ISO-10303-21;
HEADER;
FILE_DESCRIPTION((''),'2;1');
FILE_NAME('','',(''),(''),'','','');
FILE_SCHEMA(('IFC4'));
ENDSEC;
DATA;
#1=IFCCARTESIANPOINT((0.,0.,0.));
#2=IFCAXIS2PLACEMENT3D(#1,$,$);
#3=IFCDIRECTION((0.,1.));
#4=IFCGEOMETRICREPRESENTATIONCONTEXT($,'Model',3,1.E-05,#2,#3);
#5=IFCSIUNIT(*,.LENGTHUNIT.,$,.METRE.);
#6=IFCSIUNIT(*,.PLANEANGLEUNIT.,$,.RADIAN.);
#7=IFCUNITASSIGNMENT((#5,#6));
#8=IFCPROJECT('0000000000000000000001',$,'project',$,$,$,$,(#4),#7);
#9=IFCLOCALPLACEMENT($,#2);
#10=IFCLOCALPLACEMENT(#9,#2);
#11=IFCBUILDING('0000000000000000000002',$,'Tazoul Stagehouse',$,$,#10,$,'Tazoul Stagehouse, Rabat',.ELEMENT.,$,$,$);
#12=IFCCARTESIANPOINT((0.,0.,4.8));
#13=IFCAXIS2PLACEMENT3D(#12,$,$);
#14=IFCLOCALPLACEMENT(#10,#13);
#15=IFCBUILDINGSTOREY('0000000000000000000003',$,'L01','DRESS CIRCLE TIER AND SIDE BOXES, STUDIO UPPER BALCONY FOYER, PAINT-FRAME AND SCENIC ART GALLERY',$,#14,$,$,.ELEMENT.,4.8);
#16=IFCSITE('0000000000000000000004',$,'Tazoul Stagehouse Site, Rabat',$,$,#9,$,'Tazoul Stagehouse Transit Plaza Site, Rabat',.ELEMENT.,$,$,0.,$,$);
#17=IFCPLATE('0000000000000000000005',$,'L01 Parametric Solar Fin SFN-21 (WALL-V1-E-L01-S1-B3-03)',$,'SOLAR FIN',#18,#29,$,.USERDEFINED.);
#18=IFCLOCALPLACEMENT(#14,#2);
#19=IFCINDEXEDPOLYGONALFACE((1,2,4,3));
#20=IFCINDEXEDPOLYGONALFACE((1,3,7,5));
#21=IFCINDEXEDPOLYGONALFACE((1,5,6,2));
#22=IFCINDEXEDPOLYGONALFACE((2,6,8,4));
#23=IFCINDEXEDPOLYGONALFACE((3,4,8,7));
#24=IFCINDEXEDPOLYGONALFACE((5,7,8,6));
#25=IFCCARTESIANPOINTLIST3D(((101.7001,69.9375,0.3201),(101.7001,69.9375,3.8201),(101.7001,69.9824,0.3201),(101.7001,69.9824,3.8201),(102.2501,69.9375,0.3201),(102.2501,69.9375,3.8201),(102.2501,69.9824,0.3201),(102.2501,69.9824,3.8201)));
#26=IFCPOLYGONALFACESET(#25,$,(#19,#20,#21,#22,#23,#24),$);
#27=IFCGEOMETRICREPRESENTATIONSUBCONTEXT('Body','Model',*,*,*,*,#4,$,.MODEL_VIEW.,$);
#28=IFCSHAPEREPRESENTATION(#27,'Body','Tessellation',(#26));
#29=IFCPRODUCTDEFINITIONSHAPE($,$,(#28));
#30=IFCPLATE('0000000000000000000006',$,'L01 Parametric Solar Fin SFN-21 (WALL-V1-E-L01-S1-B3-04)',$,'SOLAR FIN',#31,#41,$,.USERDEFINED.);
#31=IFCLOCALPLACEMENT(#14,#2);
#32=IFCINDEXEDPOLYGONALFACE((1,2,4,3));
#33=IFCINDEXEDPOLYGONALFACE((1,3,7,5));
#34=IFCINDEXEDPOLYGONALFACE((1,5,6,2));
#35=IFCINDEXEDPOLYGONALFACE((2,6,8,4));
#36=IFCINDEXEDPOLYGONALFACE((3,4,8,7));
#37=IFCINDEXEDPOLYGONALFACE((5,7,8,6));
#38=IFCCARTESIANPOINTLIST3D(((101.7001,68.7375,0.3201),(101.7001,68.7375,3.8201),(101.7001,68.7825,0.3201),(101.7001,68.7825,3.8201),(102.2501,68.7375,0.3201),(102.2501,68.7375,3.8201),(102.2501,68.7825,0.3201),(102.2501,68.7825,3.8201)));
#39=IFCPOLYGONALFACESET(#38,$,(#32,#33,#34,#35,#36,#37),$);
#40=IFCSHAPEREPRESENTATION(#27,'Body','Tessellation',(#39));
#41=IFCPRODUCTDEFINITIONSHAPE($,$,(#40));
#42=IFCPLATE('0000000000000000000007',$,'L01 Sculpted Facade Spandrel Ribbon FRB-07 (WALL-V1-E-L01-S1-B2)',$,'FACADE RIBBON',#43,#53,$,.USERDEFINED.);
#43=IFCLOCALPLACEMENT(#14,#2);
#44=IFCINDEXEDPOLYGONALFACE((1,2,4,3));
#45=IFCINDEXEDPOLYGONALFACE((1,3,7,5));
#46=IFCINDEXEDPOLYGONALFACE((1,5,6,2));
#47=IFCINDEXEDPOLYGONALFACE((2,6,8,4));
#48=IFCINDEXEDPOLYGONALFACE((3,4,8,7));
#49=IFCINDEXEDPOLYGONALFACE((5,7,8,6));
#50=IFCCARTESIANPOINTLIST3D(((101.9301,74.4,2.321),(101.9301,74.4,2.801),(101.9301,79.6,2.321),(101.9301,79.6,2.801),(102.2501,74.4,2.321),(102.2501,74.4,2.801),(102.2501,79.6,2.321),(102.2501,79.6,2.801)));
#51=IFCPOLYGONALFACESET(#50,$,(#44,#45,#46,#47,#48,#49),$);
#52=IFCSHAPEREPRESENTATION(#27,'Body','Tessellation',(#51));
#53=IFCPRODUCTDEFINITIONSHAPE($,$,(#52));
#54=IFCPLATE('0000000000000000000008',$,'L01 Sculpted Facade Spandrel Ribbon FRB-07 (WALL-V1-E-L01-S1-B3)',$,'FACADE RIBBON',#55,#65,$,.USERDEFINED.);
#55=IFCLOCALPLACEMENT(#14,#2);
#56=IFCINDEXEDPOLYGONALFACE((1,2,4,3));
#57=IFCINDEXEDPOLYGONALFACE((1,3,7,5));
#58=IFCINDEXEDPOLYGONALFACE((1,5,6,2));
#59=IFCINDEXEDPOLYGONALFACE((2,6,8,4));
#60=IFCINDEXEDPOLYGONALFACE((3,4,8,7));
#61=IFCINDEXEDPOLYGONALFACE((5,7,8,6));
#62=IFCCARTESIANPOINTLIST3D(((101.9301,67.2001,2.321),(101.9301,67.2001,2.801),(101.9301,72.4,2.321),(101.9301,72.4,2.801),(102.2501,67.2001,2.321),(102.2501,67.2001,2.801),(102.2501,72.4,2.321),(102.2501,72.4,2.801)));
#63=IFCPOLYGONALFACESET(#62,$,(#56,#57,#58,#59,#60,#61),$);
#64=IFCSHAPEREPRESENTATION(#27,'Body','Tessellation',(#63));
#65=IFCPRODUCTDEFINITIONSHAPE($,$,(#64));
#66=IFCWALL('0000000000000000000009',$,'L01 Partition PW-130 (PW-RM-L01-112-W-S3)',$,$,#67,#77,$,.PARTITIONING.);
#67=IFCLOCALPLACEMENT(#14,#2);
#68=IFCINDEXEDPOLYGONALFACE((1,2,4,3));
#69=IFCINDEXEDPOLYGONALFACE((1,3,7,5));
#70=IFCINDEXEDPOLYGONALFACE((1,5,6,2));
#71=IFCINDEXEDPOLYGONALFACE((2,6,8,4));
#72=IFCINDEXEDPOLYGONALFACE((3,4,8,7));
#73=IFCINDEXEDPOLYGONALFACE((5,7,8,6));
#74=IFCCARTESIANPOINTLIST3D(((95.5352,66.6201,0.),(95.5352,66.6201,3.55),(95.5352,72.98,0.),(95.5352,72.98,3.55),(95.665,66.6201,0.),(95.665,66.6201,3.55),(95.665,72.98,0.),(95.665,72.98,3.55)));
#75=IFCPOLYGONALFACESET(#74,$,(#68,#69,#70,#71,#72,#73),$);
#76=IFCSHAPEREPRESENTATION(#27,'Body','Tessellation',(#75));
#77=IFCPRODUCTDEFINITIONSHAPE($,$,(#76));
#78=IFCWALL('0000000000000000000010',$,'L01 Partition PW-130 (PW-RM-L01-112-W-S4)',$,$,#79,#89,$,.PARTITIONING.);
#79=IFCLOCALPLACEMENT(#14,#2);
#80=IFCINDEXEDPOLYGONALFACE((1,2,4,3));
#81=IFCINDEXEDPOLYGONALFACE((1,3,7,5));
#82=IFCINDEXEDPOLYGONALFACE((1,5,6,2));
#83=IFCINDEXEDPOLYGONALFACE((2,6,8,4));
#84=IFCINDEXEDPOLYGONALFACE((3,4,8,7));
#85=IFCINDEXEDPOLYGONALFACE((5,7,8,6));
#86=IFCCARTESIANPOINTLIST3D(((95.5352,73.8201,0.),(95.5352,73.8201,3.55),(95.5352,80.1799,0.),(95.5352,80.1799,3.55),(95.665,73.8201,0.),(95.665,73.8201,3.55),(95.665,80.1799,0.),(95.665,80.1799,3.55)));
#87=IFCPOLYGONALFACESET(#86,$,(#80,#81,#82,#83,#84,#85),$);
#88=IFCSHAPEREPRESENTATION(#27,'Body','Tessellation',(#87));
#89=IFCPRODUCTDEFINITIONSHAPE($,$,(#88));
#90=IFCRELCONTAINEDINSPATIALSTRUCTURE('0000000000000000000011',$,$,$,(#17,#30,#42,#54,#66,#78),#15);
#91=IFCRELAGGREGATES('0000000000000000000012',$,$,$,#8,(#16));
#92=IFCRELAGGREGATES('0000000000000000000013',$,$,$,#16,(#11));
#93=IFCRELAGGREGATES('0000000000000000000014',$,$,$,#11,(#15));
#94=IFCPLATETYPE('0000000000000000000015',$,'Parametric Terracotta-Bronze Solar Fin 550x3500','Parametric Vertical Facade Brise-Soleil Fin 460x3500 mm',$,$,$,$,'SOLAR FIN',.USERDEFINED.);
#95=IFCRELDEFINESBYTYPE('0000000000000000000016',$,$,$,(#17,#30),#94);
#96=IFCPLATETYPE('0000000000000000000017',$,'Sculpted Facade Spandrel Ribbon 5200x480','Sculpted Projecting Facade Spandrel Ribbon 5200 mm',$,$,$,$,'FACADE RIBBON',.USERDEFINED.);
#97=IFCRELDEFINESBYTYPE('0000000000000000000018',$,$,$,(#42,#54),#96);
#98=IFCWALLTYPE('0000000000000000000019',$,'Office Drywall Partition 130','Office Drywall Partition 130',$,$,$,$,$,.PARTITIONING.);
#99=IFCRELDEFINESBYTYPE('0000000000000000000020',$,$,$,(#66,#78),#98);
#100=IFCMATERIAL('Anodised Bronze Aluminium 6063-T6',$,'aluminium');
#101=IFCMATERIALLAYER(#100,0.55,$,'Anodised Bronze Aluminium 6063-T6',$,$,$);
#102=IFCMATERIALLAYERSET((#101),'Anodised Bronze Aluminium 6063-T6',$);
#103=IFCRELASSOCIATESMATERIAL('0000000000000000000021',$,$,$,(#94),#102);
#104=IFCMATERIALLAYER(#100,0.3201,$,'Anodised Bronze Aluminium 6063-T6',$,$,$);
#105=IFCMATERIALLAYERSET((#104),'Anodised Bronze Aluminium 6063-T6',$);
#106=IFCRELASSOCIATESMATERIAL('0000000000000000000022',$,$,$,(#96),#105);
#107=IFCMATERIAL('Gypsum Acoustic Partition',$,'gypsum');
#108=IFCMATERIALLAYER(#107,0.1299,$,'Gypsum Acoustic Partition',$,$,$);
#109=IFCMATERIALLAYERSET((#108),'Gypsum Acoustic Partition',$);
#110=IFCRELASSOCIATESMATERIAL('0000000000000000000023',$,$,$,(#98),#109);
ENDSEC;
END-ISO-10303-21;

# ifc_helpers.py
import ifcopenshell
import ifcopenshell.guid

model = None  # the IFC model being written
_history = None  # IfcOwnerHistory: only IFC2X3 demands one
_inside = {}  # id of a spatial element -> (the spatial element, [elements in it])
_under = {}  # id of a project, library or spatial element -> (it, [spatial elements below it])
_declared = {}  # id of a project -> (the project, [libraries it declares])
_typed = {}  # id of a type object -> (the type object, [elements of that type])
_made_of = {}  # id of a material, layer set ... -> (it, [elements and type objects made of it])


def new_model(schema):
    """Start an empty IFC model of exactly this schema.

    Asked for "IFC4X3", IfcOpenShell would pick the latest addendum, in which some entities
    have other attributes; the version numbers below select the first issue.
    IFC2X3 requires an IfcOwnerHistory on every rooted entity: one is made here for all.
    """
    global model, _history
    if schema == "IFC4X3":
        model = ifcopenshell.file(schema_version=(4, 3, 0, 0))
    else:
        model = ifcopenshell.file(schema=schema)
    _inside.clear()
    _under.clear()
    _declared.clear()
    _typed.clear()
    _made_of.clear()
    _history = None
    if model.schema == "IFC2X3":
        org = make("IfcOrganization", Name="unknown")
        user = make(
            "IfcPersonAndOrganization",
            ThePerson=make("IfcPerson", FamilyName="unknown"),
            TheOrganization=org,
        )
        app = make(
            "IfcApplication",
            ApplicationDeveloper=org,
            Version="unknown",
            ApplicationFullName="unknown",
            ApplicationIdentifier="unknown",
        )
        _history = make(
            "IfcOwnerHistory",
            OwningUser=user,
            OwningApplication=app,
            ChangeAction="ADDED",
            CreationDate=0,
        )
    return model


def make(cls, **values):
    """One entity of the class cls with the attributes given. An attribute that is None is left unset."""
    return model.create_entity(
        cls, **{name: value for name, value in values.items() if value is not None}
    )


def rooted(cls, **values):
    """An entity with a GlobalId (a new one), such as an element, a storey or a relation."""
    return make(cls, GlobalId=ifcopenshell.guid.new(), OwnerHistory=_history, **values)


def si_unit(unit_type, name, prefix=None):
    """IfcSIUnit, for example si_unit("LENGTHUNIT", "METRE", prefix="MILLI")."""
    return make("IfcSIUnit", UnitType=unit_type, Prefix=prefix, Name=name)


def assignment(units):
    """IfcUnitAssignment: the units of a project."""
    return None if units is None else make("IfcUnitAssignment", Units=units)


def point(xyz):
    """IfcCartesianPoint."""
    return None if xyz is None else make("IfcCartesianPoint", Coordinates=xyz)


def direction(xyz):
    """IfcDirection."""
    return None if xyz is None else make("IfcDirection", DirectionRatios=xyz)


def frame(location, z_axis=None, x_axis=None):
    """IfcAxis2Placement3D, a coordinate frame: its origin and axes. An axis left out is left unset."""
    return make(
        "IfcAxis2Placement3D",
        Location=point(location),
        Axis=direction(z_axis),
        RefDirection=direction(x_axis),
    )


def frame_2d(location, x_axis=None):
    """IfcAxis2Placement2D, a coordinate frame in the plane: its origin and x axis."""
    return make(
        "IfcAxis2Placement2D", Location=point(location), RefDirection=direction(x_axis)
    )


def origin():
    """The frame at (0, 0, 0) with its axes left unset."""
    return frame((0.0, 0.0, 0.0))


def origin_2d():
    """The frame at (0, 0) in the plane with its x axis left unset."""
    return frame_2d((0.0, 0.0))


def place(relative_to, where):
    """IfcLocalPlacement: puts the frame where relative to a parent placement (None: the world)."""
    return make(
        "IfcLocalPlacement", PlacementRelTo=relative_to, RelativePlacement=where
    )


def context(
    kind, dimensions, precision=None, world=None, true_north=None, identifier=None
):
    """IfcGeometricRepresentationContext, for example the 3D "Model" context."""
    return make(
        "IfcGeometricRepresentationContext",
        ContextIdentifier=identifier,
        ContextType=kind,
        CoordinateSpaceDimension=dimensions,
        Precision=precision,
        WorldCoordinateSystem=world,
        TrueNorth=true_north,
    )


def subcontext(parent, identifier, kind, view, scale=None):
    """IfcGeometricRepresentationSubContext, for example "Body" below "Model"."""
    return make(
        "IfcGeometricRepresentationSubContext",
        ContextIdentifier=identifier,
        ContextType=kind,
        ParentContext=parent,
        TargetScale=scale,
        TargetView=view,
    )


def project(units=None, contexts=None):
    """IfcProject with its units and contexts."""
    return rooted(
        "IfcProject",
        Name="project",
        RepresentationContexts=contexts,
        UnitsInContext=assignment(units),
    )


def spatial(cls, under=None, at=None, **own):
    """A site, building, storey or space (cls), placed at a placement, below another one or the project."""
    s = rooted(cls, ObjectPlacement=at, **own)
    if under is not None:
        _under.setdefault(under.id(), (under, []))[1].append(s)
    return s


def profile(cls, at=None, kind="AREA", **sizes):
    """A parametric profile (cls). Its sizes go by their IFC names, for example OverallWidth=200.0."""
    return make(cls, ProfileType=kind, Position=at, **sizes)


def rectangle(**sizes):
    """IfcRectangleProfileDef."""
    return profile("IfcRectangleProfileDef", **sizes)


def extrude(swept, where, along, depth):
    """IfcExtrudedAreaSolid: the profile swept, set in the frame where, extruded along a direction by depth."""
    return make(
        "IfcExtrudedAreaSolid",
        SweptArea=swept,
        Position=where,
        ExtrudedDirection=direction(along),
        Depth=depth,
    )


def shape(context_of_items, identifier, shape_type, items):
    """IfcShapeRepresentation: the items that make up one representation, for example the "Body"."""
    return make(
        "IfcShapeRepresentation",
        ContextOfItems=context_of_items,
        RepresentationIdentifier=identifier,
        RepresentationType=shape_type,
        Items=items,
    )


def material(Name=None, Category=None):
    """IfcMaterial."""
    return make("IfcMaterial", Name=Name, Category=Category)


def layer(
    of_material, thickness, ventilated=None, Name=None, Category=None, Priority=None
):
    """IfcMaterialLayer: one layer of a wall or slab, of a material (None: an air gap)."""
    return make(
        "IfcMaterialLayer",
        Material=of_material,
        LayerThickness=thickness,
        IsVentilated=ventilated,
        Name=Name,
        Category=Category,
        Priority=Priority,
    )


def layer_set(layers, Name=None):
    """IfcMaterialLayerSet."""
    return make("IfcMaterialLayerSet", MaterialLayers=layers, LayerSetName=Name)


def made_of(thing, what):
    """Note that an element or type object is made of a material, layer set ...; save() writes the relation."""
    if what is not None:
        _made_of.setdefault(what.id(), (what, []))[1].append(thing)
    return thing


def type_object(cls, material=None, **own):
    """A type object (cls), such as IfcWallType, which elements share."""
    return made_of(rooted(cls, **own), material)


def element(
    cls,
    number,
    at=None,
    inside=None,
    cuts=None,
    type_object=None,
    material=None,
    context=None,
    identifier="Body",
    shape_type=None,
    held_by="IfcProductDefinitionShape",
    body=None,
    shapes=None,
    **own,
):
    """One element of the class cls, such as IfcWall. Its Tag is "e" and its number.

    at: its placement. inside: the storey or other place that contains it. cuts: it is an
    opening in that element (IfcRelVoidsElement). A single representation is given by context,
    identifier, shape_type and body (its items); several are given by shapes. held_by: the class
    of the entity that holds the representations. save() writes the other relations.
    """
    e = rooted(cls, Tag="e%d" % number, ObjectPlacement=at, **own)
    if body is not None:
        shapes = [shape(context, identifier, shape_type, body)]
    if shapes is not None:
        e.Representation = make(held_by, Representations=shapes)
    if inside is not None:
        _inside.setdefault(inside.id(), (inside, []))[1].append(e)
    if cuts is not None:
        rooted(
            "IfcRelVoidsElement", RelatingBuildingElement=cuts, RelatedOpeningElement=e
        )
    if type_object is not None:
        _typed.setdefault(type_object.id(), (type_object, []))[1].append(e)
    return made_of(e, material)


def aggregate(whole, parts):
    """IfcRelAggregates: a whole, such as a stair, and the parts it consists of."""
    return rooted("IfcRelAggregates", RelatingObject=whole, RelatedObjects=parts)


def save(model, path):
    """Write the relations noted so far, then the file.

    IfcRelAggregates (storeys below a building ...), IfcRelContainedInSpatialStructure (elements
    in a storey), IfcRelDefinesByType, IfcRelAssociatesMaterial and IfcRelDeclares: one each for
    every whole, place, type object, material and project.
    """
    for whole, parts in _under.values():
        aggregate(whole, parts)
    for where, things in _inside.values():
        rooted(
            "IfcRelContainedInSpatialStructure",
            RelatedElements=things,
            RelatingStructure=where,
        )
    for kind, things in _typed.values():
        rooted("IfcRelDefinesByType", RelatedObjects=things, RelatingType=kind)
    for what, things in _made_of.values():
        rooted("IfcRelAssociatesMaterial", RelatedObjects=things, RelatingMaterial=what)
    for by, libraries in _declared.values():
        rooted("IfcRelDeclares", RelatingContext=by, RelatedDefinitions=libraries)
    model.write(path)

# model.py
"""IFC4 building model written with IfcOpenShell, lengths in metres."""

from ifc_helpers import new_model, si_unit, direction, frame, frame_2d, origin, origin_2d, place, context, subcontext, project, spatial, rectangle, extrude, material, layer, layer_set, type_object, element, save


model = new_model("IFC4")

# Units and contexts
model_context = context("Model", 3, precision=1e-05, world=origin(), true_north=direction((0.0, 1.0)))
body_context = subcontext(model_context, "Body", "Model", "MODEL_VIEW")
ifc_project = project(units=[si_unit("LENGTHUNIT", "METRE"), si_unit("PLANEANGLEUNIT", "RADIAN")], contexts=[model_context])

# Site, building, storey
site_placement = place(None, origin())
site = spatial("IfcSite", under=ifc_project, at=site_placement, Name="Tazoul Stagehouse Site, Rabat", LongName="Tazoul Stagehouse Transit Plaza Site, Rabat", CompositionType="ELEMENT", RefElevation=0.0)
building_placement = place(site_placement, origin())
building = spatial("IfcBuilding", under=site, at=building_placement, Name="Tazoul Stagehouse", LongName="Tazoul Stagehouse, Rabat", CompositionType="ELEMENT")
storey_placement = place(building_placement, frame((0.0, 0.0, 4.8)))
storey = spatial("IfcBuildingStorey", under=building, at=storey_placement, Name="L01", Description="DRESS CIRCLE TIER AND SIDE BOXES, STUDIO UPPER BALCONY FOYER, PAINT-FRAME AND SCENIC ART GALLERY", CompositionType="ELEMENT", Elevation=4.8)

# Plates
ifc_material_1 = material(Name="Anodised Bronze Aluminium 6063-T6", Category="aluminium")
ifc_layer_1 = layer(ifc_material_1, 0.55, Name="Anodised Bronze Aluminium 6063-T6")
ifc_layer_set_1 = layer_set([ifc_layer_1], Name="Anodised Bronze Aluminium 6063-T6")
plate_type_1 = type_object("IfcPlateType", Name="Parametric Terracotta-Bronze Solar Fin 550x3500", Description="Parametric Vertical Facade Brise-Soleil Fin 460x3500 mm", ElementType="SOLAR FIN", PredefinedType="USERDEFINED", material=ifc_layer_set_1)
for number, where, z_axis, x_axis, name in (
    (1, (101.9751, 69.96, 0.3201), (0.0, 0.0, 1.0), (0.0, -1.0, 0.0), "L01 Parametric Solar Fin SFN-21 (WALL-V1-E-L01-S1-B3-03)"),
    (2, (101.9751, 68.76, 0.3201), (0.0, 0.0, 1.0), (0.0, -1.0, 0.0), "L01 Parametric Solar Fin SFN-21 (WALL-V1-E-L01-S1-B3-04)"),
):
    element("IfcPlate", number, at=place(storey_placement, frame(where, z_axis=z_axis, x_axis=x_axis)), inside=storey, type_object=plate_type_1, Name=name, ObjectType="SOLAR FIN", PredefinedType="USERDEFINED", context=body_context, shape_type="SweptSolid", body=[
        extrude(rectangle(XDim=0.0449, YDim=0.55, at=origin_2d()), origin(), (0.0, 0.0, 1.0), 3.5),
    ])
ifc_layer_2 = layer(ifc_material_1, 0.3201, Name="Anodised Bronze Aluminium 6063-T6")
ifc_layer_set_2 = layer_set([ifc_layer_2], Name="Anodised Bronze Aluminium 6063-T6")
plate_type_2 = type_object("IfcPlateType", Name="Sculpted Facade Spandrel Ribbon 5200x480", Description="Sculpted Projecting Facade Spandrel Ribbon 5200 mm", ElementType="FACADE RIBBON", PredefinedType="USERDEFINED", material=ifc_layer_set_2)
for number, where, z_axis, x_axis, name in (
    (3, (102.0901, 77.0, 2.321), (0.0, 0.0, 1.0), (0.0, -1.0, 0.0), "L01 Sculpted Facade Spandrel Ribbon FRB-07 (WALL-V1-E-L01-S1-B2)"),
    (4, (102.0901, 69.8, 2.321), (0.0, 0.0, 1.0), (0.0, -1.0, 0.0), "L01 Sculpted Facade Spandrel Ribbon FRB-07 (WALL-V1-E-L01-S1-B3)"),
):
    element("IfcPlate", number, at=place(storey_placement, frame(where, z_axis=z_axis, x_axis=x_axis)), inside=storey, type_object=plate_type_2, Name=name, ObjectType="FACADE RIBBON", PredefinedType="USERDEFINED", context=body_context, shape_type="SweptSolid", body=[
        extrude(rectangle(XDim=5.2, YDim=0.3201, at=origin_2d()), origin(), (0.0, 0.0, 1.0), 0.48),
    ])

# Walls
ifc_material_2 = material(Name="Gypsum Acoustic Partition", Category="gypsum")
ifc_layer_3 = layer(ifc_material_2, 0.1299, Name="Gypsum Acoustic Partition")
ifc_layer_set_3 = layer_set([ifc_layer_3], Name="Gypsum Acoustic Partition")
wall_type = type_object("IfcWallType", Name="Office Drywall Partition 130", Description="Office Drywall Partition 130", PredefinedType="PARTITIONING", material=ifc_layer_set_3)
for number, where, z_axis, x_axis, name in (
    (5, (95.6001, 66.6201, 0.0), (0.0, 0.0, 1.0), (0.0, 1.0, 0.0), "L01 Partition PW-130 (PW-RM-L01-112-W-S3)"),
    (6, (95.6001, 73.8201, 0.0), (0.0, 0.0, 1.0), (0.0, 1.0, 0.0), "L01 Partition PW-130 (PW-RM-L01-112-W-S4)"),
):
    element("IfcWall", number, at=place(storey_placement, frame(where, z_axis=z_axis, x_axis=x_axis)), inside=storey, type_object=wall_type, Name=name, PredefinedType="PARTITIONING", context=body_context, shape_type="SweptSolid", body=[
        extrude(rectangle(XDim=6.3599, YDim=0.1299, at=frame_2d((3.1799, 0.0))), origin(), (0.0, 0.0, 1.0), 3.55),
    ])

save(model, "model.ifc")
